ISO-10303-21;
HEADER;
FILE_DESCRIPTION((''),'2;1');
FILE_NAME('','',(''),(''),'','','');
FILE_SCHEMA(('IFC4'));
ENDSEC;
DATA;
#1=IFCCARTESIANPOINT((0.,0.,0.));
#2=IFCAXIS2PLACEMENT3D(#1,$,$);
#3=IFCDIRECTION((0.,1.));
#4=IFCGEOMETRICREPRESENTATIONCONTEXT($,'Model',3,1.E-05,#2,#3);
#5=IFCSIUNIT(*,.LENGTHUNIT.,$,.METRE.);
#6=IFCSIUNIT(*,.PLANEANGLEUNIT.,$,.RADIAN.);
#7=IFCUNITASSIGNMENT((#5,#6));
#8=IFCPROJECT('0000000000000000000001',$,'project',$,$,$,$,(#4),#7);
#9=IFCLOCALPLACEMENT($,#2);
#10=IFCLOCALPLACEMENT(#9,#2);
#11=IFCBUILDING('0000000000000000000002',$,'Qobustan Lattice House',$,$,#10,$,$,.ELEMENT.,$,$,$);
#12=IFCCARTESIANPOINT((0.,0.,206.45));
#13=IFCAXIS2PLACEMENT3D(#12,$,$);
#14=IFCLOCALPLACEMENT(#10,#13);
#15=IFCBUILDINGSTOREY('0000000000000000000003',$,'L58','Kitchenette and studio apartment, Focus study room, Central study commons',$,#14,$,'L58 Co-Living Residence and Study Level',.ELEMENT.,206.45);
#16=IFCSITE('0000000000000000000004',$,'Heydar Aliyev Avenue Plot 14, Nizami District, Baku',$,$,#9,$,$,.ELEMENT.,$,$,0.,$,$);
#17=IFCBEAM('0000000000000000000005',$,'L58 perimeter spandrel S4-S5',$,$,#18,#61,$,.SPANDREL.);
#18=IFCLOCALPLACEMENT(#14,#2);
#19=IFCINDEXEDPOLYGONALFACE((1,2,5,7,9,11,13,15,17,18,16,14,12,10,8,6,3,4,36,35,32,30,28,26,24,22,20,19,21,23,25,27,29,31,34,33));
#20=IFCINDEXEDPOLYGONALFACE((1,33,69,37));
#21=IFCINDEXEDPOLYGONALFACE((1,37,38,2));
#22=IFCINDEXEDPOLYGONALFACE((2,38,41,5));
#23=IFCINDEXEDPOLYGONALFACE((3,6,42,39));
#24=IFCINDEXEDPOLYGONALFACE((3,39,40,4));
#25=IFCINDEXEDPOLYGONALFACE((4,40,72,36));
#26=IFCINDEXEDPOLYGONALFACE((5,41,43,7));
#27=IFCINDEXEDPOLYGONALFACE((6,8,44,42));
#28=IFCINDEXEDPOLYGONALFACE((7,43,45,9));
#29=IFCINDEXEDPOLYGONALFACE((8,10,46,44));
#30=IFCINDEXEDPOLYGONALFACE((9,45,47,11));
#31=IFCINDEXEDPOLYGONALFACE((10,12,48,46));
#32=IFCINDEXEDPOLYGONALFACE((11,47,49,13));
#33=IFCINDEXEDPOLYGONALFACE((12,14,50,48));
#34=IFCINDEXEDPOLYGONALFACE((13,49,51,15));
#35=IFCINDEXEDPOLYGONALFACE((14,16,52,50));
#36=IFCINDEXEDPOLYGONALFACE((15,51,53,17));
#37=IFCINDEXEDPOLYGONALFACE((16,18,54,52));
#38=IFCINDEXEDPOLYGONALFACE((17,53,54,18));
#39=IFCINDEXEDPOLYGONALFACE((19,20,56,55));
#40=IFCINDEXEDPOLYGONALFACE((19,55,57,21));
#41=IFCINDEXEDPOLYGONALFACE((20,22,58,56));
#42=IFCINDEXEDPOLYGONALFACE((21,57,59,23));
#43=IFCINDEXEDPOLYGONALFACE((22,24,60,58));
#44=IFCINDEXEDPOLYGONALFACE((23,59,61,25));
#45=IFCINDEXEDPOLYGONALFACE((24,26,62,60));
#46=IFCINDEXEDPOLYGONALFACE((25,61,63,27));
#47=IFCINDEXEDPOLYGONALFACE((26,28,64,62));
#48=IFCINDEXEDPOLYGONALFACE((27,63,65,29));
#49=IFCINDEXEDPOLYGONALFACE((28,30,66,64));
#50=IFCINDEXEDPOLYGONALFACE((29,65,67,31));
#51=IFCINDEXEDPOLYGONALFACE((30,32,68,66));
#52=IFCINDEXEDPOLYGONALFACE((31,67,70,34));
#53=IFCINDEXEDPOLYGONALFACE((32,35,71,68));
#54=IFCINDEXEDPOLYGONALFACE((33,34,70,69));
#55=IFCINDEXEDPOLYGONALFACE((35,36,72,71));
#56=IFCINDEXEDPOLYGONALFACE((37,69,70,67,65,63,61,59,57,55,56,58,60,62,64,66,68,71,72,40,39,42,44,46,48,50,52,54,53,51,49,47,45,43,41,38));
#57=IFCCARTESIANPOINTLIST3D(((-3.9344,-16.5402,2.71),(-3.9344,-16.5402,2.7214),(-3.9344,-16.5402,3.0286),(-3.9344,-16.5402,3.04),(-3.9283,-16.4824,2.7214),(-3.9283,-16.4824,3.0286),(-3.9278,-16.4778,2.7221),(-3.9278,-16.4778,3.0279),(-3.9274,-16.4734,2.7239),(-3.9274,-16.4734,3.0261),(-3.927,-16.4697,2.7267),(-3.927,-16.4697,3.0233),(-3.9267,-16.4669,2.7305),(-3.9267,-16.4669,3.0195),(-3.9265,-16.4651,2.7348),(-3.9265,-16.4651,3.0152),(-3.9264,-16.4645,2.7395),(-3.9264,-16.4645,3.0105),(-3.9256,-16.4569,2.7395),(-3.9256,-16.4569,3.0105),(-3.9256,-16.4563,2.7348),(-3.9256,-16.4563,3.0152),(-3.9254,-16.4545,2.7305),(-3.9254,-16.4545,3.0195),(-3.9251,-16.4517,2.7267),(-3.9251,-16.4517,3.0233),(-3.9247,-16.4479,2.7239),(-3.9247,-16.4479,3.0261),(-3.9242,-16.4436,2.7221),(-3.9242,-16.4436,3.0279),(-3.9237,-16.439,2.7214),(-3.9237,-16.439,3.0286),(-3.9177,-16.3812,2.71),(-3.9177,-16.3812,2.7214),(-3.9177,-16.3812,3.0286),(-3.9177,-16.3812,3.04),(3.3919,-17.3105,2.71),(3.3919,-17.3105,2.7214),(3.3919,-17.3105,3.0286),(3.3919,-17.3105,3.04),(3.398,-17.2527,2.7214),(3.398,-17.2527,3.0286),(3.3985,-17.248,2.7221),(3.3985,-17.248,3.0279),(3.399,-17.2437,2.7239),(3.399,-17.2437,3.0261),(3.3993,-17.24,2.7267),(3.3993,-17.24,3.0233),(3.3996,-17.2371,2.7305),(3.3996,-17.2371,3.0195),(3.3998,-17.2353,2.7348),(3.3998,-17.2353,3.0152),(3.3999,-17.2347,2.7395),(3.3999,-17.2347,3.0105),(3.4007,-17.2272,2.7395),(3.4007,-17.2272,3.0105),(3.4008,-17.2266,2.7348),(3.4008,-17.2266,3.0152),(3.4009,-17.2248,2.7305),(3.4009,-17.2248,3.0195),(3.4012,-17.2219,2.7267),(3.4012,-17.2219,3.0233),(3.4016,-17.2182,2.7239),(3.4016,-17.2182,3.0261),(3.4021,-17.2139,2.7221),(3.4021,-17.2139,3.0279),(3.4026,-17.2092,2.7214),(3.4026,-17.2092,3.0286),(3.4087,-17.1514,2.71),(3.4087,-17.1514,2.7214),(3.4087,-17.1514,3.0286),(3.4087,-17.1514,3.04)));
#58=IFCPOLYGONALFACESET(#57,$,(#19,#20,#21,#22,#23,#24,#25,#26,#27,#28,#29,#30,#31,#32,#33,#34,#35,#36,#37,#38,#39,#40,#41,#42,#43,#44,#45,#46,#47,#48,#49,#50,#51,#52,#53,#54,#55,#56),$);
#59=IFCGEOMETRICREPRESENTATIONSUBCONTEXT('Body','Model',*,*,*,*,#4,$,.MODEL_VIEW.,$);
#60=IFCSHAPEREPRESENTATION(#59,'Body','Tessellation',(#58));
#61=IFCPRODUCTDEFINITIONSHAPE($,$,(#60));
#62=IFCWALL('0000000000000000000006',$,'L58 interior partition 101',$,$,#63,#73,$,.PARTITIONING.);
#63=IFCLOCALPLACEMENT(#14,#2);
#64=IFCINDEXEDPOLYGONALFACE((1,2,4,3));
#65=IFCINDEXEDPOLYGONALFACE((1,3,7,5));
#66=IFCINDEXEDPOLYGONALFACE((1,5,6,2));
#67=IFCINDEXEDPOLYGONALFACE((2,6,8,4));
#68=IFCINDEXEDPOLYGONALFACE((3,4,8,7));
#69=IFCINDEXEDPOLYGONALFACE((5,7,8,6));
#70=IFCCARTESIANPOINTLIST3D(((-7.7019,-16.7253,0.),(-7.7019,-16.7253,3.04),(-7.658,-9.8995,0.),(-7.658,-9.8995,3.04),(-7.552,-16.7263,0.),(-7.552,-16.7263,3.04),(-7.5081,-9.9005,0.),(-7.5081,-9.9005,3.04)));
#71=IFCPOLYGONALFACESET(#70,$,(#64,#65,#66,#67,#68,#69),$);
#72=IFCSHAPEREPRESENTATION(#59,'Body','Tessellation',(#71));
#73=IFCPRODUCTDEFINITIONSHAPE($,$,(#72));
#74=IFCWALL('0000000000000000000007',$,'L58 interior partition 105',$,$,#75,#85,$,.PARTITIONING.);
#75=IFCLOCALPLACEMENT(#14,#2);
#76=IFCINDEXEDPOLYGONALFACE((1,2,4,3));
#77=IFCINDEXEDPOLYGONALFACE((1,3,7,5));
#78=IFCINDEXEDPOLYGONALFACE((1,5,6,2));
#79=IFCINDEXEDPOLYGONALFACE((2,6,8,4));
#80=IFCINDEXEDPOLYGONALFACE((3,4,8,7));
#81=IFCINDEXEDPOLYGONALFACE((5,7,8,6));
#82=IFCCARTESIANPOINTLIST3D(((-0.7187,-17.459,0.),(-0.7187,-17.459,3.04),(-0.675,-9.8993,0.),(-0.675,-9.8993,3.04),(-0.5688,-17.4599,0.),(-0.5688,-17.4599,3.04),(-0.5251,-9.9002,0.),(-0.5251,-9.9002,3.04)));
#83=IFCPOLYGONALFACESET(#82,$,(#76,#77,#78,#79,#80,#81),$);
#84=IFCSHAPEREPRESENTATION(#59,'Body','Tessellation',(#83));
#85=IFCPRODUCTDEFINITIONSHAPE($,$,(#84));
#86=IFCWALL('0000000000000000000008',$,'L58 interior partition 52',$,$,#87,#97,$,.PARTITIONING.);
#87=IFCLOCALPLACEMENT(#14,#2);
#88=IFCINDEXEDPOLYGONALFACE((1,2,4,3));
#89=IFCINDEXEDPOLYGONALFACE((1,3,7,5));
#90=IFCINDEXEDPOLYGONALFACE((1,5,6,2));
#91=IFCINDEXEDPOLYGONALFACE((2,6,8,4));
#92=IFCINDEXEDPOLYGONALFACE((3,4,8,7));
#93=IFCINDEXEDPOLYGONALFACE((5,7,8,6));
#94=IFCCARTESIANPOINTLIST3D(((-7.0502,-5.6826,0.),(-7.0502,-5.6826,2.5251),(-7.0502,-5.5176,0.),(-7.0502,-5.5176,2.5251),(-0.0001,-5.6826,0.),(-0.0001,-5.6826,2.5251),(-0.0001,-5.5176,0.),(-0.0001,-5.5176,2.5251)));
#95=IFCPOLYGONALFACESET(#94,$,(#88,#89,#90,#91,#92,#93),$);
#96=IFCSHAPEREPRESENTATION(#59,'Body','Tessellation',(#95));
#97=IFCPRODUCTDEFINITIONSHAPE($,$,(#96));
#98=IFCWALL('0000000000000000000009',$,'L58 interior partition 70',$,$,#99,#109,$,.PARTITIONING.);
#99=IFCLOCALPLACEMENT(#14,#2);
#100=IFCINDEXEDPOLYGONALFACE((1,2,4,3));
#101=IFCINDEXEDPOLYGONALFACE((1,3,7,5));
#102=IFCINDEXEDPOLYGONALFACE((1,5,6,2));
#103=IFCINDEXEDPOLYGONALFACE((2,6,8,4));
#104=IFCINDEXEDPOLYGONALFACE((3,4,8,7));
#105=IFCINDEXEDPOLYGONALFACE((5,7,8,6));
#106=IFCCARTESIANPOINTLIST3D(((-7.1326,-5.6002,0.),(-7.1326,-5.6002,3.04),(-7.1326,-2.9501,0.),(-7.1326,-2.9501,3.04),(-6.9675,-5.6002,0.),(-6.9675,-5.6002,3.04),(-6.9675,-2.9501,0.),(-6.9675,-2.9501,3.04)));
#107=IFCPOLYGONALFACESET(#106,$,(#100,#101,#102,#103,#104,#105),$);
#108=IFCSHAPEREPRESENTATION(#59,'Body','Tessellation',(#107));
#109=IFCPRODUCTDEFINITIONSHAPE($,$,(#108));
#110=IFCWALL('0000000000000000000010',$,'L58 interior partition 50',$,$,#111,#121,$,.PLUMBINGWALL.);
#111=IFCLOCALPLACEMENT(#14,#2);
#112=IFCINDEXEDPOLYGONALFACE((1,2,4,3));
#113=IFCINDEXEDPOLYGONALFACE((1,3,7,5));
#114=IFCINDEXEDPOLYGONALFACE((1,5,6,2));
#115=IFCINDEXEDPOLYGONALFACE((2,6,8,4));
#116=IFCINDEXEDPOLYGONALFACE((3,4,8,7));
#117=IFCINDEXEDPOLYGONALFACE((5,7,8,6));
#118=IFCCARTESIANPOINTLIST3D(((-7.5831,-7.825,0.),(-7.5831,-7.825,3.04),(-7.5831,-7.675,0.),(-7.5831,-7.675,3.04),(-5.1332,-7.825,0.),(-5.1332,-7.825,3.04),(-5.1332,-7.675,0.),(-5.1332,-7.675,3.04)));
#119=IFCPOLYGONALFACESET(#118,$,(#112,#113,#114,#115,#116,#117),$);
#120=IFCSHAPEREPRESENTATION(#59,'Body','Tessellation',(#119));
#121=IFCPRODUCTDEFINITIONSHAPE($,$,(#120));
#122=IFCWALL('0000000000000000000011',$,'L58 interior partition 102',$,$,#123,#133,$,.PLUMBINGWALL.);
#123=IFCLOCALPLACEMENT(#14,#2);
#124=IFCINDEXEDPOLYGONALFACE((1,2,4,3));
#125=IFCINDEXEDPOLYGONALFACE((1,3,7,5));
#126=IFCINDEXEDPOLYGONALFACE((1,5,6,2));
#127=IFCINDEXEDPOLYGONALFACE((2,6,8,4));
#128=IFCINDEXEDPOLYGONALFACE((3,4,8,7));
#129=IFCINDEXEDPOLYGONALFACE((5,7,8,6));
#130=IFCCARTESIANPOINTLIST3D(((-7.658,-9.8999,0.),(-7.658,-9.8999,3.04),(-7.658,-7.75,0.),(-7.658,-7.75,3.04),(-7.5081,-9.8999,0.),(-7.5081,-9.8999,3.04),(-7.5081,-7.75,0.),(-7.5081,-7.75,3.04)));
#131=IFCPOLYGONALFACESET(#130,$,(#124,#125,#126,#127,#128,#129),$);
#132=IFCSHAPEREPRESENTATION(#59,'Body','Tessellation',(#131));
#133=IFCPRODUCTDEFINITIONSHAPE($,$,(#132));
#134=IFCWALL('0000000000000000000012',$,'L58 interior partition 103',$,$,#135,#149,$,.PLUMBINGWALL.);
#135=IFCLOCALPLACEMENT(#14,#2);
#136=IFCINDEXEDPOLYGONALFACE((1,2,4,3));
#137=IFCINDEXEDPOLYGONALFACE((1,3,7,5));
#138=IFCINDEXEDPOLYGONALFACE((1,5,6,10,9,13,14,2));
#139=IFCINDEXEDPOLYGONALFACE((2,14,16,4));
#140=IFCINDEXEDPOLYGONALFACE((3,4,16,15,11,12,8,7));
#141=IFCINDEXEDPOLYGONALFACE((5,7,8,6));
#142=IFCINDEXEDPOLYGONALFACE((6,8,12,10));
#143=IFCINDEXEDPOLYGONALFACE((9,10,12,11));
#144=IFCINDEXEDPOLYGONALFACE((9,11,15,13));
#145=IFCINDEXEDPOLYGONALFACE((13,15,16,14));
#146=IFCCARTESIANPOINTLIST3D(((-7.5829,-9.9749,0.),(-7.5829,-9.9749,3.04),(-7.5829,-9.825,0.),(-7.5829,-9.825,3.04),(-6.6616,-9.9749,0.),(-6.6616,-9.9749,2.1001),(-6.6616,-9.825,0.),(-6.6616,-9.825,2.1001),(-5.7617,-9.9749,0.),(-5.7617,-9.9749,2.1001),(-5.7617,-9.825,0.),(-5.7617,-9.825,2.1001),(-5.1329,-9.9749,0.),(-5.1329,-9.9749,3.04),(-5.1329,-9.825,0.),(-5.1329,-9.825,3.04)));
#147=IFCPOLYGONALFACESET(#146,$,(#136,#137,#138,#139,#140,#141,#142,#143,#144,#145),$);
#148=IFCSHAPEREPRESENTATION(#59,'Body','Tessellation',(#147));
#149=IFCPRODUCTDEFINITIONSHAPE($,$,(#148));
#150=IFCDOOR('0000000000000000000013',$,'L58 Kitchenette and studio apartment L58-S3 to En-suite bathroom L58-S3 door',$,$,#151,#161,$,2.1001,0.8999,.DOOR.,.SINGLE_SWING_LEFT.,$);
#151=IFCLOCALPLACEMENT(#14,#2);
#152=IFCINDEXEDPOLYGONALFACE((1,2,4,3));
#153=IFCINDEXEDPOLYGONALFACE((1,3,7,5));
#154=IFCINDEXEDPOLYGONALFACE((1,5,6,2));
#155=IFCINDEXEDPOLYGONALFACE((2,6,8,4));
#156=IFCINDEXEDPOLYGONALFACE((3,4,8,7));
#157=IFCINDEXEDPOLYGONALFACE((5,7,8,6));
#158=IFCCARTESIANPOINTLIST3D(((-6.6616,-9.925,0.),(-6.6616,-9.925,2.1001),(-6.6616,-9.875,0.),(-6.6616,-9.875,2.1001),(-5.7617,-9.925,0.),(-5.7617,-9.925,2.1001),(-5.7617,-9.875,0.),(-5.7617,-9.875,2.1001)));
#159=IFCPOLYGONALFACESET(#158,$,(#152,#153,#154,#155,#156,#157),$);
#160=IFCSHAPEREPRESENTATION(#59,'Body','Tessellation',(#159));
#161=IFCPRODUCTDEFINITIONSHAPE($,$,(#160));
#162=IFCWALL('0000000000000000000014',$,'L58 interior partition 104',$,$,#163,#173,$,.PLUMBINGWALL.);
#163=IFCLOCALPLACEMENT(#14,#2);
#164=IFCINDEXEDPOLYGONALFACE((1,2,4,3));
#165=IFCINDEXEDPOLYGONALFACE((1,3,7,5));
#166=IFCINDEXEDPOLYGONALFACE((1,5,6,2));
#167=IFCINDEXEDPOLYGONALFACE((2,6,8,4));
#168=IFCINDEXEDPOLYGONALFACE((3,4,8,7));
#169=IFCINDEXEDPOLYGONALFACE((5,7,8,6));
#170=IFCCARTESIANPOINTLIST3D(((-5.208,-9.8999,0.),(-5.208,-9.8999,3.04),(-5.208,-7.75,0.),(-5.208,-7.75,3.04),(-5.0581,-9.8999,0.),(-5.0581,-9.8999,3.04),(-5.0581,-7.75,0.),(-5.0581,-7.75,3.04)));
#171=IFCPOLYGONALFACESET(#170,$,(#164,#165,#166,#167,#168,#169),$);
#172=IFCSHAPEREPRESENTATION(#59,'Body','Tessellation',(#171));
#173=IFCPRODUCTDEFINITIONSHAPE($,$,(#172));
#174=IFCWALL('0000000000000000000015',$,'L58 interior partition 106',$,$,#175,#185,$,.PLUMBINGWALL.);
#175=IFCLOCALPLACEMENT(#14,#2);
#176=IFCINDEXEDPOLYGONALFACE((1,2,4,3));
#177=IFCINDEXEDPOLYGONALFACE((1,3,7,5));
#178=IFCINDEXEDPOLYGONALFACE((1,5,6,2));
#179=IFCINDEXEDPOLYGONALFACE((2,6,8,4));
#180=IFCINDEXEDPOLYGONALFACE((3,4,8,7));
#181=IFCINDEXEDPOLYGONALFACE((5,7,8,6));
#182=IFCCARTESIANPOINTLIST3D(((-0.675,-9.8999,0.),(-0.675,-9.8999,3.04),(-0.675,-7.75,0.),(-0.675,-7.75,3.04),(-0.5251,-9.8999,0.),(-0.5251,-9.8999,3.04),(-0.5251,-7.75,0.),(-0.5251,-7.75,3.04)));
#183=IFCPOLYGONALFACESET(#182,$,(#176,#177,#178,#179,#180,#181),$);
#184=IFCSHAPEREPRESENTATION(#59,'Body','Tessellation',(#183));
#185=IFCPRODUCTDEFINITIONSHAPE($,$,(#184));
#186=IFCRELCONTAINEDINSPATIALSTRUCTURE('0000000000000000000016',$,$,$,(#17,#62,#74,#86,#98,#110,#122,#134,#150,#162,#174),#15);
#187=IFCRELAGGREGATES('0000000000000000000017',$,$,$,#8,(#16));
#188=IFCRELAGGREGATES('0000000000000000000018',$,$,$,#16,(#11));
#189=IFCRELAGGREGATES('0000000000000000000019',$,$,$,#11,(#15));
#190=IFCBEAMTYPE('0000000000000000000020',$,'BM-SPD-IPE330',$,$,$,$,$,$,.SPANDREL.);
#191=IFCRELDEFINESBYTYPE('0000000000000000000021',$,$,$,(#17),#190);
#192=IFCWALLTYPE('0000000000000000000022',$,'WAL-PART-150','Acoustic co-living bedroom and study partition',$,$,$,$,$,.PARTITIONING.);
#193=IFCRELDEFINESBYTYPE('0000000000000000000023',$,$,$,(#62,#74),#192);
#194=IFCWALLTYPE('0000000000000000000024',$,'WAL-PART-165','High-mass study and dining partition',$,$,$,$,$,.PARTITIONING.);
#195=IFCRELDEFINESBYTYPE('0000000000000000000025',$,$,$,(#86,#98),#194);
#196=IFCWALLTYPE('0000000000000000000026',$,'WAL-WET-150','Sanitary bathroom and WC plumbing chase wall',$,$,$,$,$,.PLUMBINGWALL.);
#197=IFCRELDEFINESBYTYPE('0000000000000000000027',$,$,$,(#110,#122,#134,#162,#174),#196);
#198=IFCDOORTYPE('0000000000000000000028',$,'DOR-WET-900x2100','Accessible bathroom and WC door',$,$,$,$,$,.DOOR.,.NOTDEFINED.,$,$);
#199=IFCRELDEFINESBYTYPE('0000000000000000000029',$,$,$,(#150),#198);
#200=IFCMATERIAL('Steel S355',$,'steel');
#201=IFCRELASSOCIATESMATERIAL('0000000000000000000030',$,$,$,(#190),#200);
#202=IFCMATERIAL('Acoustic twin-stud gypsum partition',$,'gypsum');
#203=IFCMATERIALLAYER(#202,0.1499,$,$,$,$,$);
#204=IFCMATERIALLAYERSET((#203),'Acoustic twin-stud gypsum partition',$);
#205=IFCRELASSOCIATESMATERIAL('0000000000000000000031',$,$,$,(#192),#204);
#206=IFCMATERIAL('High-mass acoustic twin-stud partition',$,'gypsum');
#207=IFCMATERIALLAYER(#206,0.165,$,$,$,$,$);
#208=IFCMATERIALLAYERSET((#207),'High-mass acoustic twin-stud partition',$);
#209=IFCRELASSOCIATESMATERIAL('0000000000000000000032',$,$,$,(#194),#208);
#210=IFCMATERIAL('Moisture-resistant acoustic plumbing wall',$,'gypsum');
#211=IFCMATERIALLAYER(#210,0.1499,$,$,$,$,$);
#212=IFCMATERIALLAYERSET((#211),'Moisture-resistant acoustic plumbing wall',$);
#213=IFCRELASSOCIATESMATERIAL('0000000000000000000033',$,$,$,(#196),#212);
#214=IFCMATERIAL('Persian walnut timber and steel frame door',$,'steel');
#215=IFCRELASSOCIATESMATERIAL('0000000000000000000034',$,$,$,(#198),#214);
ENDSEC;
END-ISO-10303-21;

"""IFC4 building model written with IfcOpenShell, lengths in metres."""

from ifc_helpers import new_model, si_unit, direction, frame, frame_2d, origin, origin_2d, place, context, subcontext, project, spatial, rectangle, i_section, extrude, material, layer, layer_set, material_profile, profile_set, type_object, element, fill, save


model = new_model("IFC4")

# Units and contexts
model_context = context("Model", 3, precision=1e-05, world=origin(), true_north=direction((0.0, 1.0)))
body_context = subcontext(model_context, "Body", "Model", "MODEL_VIEW")
ifc_project = project(units=[si_unit("LENGTHUNIT", "METRE"), si_unit("PLANEANGLEUNIT", "RADIAN")], contexts=[model_context])

# Site, building, storey
site_placement = place(None, origin())
site = spatial("IfcSite", under=ifc_project, at=site_placement, Name="Heydar Aliyev Avenue Plot 14, Nizami District, Baku", CompositionType="ELEMENT", RefElevation=0.0)
building_placement = place(site_placement, origin())
building = spatial("IfcBuilding", under=site, at=building_placement, Name="Qobustan Lattice House", CompositionType="ELEMENT")
storey_placement = place(building_placement, frame((0.0, 0.0, 206.45)))
storey = spatial("IfcBuildingStorey", under=building, at=storey_placement, Name="L58", Description="Kitchenette and studio apartment, Focus study room, Central study commons", LongName="L58 Co-Living Residence and Study Level", CompositionType="ELEMENT", Elevation=206.45)

# Beam
ifc_material_1 = material(Name="Steel S355", Category="steel")
ifc_material_profile_1 = material_profile(ifc_material_1, i_section(OverallWidth=0.1599, OverallDepth=0.3301, WebThickness=0.0076, FlangeThickness=0.0115, FilletRadius=0.0181, at=origin_2d()), Name="IPE330")
ifc_profile_set_1 = profile_set([ifc_material_profile_1], Name="Steel S355")
beam_type_1 = type_object("IfcBeamType", Name="BM-SPD-IPE330", PredefinedType="SPANDREL", material=ifc_profile_set_1)
beam_1_placement = place(storey_placement, frame((-3.926, -16.4607, 2.875), z_axis=(0.994519, -0.104559, 0.0), x_axis=(0.104559, 0.994519, 0.0)))
element("IfcBeam", 1, at=beam_1_placement, inside=storey, type_object=beam_type_1, Name="L58 perimeter spandrel S4-S5", PredefinedType="SPANDREL", context=body_context, shape_type="SweptSolid", body=[
    extrude(i_section(OverallWidth=0.1599, OverallDepth=0.3301, WebThickness=0.0076, FlangeThickness=0.0115, FilletRadius=0.0181, at=origin_2d()), origin(), (0.0, 0.0, 1.0), 7.3667),
])

# Walls
ifc_material_2 = material(Name="Acoustic twin-stud gypsum partition", Category="gypsum")
ifc_layer_1 = layer(ifc_material_2, 0.1499)
ifc_layer_set_1 = layer_set([ifc_layer_1], Name="Acoustic twin-stud gypsum partition")
wall_type_1 = type_object("IfcWallType", Name="WAL-PART-150", Description="Acoustic co-living bedroom and study partition", PredefinedType="PARTITIONING", material=ifc_layer_set_1)
wall_1_placement = place(storey_placement, frame((-7.583, -9.8999, 0.0), z_axis=(0.0, 0.0, 1.0), x_axis=(-0.006438, -0.999979, 0.0)))
element("IfcWall", 2, at=wall_1_placement, inside=storey, type_object=wall_type_1, Name="L58 interior partition 101", PredefinedType="PARTITIONING", context=body_context, shape_type="SweptSolid", body=[
    extrude(rectangle(XDim=6.8259, YDim=0.1499, at=frame_2d((3.4131, 0.0))), origin(), (0.0, 0.0, 1.0), 3.04),
])
wall_2_placement = place(storey_placement, frame((-0.6001, -9.8999, 0.0), z_axis=(0.0, 0.0, 1.0), x_axis=(-0.005781, -0.999983, 0.0)))
element("IfcWall", 3, at=wall_2_placement, inside=storey, type_object=wall_type_1, Name="L58 interior partition 105", PredefinedType="PARTITIONING", context=body_context, shape_type="SweptSolid", body=[
    extrude(rectangle(XDim=7.5598, YDim=0.1499, at=frame_2d((3.7798, 0.0))), origin(), (0.0, 0.0, 1.0), 3.04),
])
ifc_material_3 = material(Name="High-mass acoustic twin-stud partition", Category="gypsum")
ifc_layer_2 = layer(ifc_material_3, 0.165)
ifc_layer_set_2 = layer_set([ifc_layer_2], Name="High-mass acoustic twin-stud partition")
wall_type_2 = type_object("IfcWallType", Name="WAL-PART-165", Description="High-mass study and dining partition", PredefinedType="PARTITIONING", material=ifc_layer_set_2)
wall_3_placement = place(storey_placement, frame((-7.05, -5.6001, 0.0), z_axis=(0.0, 0.0, 1.0), x_axis=(1.0, 0.0, 0.0)))
element("IfcWall", 4, at=wall_3_placement, inside=storey, type_object=wall_type_2, Name="L58 interior partition 52", PredefinedType="PARTITIONING", context=body_context, shape_type="SweptSolid", body=[
    extrude(rectangle(XDim=7.05, YDim=0.165, at=frame_2d((3.5249, 0.0))), origin(), (0.0, 0.0, 1.0), 2.5251),
])
wall_4_placement = place(storey_placement, frame((-7.05, -2.95, 0.0), z_axis=(0.0, 0.0, 1.0), x_axis=(0.0, -1.0, 0.0)))
element("IfcWall", 5, at=wall_4_placement, inside=storey, type_object=wall_type_2, Name="L58 interior partition 70", PredefinedType="PARTITIONING", context=body_context, shape_type="SweptSolid", body=[
    extrude(rectangle(XDim=2.6501, YDim=0.165, at=frame_2d((1.3252, 0.0))), origin(), (0.0, 0.0, 1.0), 3.04),
])
ifc_material_4 = material(Name="Moisture-resistant acoustic plumbing wall", Category="gypsum")
ifc_layer_3 = layer(ifc_material_4, 0.1499)
ifc_layer_set_3 = layer_set([ifc_layer_3], Name="Moisture-resistant acoustic plumbing wall")
wall_type_3 = type_object("IfcWallType", Name="WAL-WET-150", Description="Sanitary bathroom and WC plumbing chase wall", PredefinedType="PLUMBINGWALL", material=ifc_layer_set_3)
wall_5_placement = place(storey_placement, frame((-5.1331, -7.75, 0.0), z_axis=(0.0, 0.0, 1.0), x_axis=(-1.0, 0.0, 0.0)))
element("IfcWall", 6, at=wall_5_placement, inside=storey, type_object=wall_type_3, Name="L58 interior partition 50", PredefinedType="PLUMBINGWALL", context=body_context, shape_type="SweptSolid", body=[
    extrude(rectangle(XDim=2.45, YDim=0.1499, at=frame_2d((1.2251, 0.0))), origin(), (0.0, 0.0, 1.0), 3.04),
])
wall_6_placement = place(storey_placement, frame((-7.583, -7.75, 0.0), z_axis=(0.0, 0.0, 1.0), x_axis=(0.0, -1.0, 0.0)))
element("IfcWall", 7, at=wall_6_placement, inside=storey, type_object=wall_type_3, Name="L58 interior partition 102", PredefinedType="PLUMBINGWALL", context=body_context, shape_type="SweptSolid", body=[
    extrude(rectangle(XDim=2.1499, YDim=0.1499, at=frame_2d((1.075, 0.0))), origin(), (0.0, 0.0, 1.0), 3.04),
])

# Wall, opening, door
wall_7_placement = place(storey_placement, frame((-7.583, -9.8999, 0.0), z_axis=(0.0, 0.0, 1.0), x_axis=(1.0, 0.0, 0.0)))
wall_7 = element("IfcWall", 8, at=wall_7_placement, inside=storey, type_object=wall_type_3, Name="L58 interior partition 103", PredefinedType="PLUMBINGWALL", context=body_context, shape_type="SweptSolid", body=[
    extrude(rectangle(XDim=2.45, YDim=0.1499, at=frame_2d((1.2251, 0.0))), origin(), (0.0, 0.0, 1.0), 3.04),
])
opening_1_placement = place(wall_7_placement, frame((0.9214, 0.0, 0.0)))
opening_1 = element("IfcOpeningElement", 9, at=opening_1_placement, cuts=wall_7, PredefinedType="OPENING", context=body_context, shape_type="SweptSolid", body=[
    extrude(rectangle(XDim=0.8999, YDim=2.1001, at=frame_2d((0.45, 1.05))), frame((0.0, 0.085, 0.0), z_axis=(0.0, -1.0, 0.0), x_axis=(1.0, 0.0, 0.0)), (0.0, 0.0, 1.0), 0.1699),
])
ifc_material_5 = material(Name="Persian walnut timber and steel frame door", Category="steel")
door_type_1 = type_object("IfcDoorType", Name="DOR-WET-900x2100", Description="Accessible bathroom and WC door", OperationType="NOTDEFINED", PredefinedType="DOOR", material=ifc_material_5)
door_1_placement = place(opening_1_placement, origin())
door_1 = element("IfcDoor", 10, at=door_1_placement, inside=storey, type_object=door_type_1, Name="L58 Kitchenette and studio apartment L58-S3 to En-suite bathroom L58-S3 door", OperationType="SINGLE_SWING_LEFT", OverallHeight=2.1001, OverallWidth=0.8999, PredefinedType="DOOR", context=body_context, shape_type="SweptSolid", body=[
    extrude(rectangle(XDim=0.8999, YDim=2.1001, at=frame_2d((0.45, 1.05))), frame((0.0, 0.0249, 0.0), z_axis=(0.0, -1.0, 0.0), x_axis=(1.0, 0.0, 0.0)), (0.0, 0.0, 1.0), 0.05),
])
fill(opening_1, door_1)

# Walls
for number, where, z_axis, x_axis, name in (
    (11, (-5.1331, -9.8999, 0.0), (0.0, 0.0, 1.0), (0.0, 1.0, 0.0), "L58 interior partition 104"),
    (12, (-0.6001, -7.75, 0.0), (0.0, 0.0, 1.0), (0.0, -1.0, 0.0), "L58 interior partition 106"),
):
    element("IfcWall", number, at=place(storey_placement, frame(where, z_axis=z_axis, x_axis=x_axis)), inside=storey, type_object=wall_type_3, Name=name, PredefinedType="PLUMBINGWALL", context=body_context, shape_type="SweptSolid", body=[
        extrude(rectangle(XDim=2.1499, YDim=0.1499, at=frame_2d((1.075, 0.0))), origin(), (0.0, 0.0, 1.0), 3.04),
    ])

save(model, "model.ifc")
